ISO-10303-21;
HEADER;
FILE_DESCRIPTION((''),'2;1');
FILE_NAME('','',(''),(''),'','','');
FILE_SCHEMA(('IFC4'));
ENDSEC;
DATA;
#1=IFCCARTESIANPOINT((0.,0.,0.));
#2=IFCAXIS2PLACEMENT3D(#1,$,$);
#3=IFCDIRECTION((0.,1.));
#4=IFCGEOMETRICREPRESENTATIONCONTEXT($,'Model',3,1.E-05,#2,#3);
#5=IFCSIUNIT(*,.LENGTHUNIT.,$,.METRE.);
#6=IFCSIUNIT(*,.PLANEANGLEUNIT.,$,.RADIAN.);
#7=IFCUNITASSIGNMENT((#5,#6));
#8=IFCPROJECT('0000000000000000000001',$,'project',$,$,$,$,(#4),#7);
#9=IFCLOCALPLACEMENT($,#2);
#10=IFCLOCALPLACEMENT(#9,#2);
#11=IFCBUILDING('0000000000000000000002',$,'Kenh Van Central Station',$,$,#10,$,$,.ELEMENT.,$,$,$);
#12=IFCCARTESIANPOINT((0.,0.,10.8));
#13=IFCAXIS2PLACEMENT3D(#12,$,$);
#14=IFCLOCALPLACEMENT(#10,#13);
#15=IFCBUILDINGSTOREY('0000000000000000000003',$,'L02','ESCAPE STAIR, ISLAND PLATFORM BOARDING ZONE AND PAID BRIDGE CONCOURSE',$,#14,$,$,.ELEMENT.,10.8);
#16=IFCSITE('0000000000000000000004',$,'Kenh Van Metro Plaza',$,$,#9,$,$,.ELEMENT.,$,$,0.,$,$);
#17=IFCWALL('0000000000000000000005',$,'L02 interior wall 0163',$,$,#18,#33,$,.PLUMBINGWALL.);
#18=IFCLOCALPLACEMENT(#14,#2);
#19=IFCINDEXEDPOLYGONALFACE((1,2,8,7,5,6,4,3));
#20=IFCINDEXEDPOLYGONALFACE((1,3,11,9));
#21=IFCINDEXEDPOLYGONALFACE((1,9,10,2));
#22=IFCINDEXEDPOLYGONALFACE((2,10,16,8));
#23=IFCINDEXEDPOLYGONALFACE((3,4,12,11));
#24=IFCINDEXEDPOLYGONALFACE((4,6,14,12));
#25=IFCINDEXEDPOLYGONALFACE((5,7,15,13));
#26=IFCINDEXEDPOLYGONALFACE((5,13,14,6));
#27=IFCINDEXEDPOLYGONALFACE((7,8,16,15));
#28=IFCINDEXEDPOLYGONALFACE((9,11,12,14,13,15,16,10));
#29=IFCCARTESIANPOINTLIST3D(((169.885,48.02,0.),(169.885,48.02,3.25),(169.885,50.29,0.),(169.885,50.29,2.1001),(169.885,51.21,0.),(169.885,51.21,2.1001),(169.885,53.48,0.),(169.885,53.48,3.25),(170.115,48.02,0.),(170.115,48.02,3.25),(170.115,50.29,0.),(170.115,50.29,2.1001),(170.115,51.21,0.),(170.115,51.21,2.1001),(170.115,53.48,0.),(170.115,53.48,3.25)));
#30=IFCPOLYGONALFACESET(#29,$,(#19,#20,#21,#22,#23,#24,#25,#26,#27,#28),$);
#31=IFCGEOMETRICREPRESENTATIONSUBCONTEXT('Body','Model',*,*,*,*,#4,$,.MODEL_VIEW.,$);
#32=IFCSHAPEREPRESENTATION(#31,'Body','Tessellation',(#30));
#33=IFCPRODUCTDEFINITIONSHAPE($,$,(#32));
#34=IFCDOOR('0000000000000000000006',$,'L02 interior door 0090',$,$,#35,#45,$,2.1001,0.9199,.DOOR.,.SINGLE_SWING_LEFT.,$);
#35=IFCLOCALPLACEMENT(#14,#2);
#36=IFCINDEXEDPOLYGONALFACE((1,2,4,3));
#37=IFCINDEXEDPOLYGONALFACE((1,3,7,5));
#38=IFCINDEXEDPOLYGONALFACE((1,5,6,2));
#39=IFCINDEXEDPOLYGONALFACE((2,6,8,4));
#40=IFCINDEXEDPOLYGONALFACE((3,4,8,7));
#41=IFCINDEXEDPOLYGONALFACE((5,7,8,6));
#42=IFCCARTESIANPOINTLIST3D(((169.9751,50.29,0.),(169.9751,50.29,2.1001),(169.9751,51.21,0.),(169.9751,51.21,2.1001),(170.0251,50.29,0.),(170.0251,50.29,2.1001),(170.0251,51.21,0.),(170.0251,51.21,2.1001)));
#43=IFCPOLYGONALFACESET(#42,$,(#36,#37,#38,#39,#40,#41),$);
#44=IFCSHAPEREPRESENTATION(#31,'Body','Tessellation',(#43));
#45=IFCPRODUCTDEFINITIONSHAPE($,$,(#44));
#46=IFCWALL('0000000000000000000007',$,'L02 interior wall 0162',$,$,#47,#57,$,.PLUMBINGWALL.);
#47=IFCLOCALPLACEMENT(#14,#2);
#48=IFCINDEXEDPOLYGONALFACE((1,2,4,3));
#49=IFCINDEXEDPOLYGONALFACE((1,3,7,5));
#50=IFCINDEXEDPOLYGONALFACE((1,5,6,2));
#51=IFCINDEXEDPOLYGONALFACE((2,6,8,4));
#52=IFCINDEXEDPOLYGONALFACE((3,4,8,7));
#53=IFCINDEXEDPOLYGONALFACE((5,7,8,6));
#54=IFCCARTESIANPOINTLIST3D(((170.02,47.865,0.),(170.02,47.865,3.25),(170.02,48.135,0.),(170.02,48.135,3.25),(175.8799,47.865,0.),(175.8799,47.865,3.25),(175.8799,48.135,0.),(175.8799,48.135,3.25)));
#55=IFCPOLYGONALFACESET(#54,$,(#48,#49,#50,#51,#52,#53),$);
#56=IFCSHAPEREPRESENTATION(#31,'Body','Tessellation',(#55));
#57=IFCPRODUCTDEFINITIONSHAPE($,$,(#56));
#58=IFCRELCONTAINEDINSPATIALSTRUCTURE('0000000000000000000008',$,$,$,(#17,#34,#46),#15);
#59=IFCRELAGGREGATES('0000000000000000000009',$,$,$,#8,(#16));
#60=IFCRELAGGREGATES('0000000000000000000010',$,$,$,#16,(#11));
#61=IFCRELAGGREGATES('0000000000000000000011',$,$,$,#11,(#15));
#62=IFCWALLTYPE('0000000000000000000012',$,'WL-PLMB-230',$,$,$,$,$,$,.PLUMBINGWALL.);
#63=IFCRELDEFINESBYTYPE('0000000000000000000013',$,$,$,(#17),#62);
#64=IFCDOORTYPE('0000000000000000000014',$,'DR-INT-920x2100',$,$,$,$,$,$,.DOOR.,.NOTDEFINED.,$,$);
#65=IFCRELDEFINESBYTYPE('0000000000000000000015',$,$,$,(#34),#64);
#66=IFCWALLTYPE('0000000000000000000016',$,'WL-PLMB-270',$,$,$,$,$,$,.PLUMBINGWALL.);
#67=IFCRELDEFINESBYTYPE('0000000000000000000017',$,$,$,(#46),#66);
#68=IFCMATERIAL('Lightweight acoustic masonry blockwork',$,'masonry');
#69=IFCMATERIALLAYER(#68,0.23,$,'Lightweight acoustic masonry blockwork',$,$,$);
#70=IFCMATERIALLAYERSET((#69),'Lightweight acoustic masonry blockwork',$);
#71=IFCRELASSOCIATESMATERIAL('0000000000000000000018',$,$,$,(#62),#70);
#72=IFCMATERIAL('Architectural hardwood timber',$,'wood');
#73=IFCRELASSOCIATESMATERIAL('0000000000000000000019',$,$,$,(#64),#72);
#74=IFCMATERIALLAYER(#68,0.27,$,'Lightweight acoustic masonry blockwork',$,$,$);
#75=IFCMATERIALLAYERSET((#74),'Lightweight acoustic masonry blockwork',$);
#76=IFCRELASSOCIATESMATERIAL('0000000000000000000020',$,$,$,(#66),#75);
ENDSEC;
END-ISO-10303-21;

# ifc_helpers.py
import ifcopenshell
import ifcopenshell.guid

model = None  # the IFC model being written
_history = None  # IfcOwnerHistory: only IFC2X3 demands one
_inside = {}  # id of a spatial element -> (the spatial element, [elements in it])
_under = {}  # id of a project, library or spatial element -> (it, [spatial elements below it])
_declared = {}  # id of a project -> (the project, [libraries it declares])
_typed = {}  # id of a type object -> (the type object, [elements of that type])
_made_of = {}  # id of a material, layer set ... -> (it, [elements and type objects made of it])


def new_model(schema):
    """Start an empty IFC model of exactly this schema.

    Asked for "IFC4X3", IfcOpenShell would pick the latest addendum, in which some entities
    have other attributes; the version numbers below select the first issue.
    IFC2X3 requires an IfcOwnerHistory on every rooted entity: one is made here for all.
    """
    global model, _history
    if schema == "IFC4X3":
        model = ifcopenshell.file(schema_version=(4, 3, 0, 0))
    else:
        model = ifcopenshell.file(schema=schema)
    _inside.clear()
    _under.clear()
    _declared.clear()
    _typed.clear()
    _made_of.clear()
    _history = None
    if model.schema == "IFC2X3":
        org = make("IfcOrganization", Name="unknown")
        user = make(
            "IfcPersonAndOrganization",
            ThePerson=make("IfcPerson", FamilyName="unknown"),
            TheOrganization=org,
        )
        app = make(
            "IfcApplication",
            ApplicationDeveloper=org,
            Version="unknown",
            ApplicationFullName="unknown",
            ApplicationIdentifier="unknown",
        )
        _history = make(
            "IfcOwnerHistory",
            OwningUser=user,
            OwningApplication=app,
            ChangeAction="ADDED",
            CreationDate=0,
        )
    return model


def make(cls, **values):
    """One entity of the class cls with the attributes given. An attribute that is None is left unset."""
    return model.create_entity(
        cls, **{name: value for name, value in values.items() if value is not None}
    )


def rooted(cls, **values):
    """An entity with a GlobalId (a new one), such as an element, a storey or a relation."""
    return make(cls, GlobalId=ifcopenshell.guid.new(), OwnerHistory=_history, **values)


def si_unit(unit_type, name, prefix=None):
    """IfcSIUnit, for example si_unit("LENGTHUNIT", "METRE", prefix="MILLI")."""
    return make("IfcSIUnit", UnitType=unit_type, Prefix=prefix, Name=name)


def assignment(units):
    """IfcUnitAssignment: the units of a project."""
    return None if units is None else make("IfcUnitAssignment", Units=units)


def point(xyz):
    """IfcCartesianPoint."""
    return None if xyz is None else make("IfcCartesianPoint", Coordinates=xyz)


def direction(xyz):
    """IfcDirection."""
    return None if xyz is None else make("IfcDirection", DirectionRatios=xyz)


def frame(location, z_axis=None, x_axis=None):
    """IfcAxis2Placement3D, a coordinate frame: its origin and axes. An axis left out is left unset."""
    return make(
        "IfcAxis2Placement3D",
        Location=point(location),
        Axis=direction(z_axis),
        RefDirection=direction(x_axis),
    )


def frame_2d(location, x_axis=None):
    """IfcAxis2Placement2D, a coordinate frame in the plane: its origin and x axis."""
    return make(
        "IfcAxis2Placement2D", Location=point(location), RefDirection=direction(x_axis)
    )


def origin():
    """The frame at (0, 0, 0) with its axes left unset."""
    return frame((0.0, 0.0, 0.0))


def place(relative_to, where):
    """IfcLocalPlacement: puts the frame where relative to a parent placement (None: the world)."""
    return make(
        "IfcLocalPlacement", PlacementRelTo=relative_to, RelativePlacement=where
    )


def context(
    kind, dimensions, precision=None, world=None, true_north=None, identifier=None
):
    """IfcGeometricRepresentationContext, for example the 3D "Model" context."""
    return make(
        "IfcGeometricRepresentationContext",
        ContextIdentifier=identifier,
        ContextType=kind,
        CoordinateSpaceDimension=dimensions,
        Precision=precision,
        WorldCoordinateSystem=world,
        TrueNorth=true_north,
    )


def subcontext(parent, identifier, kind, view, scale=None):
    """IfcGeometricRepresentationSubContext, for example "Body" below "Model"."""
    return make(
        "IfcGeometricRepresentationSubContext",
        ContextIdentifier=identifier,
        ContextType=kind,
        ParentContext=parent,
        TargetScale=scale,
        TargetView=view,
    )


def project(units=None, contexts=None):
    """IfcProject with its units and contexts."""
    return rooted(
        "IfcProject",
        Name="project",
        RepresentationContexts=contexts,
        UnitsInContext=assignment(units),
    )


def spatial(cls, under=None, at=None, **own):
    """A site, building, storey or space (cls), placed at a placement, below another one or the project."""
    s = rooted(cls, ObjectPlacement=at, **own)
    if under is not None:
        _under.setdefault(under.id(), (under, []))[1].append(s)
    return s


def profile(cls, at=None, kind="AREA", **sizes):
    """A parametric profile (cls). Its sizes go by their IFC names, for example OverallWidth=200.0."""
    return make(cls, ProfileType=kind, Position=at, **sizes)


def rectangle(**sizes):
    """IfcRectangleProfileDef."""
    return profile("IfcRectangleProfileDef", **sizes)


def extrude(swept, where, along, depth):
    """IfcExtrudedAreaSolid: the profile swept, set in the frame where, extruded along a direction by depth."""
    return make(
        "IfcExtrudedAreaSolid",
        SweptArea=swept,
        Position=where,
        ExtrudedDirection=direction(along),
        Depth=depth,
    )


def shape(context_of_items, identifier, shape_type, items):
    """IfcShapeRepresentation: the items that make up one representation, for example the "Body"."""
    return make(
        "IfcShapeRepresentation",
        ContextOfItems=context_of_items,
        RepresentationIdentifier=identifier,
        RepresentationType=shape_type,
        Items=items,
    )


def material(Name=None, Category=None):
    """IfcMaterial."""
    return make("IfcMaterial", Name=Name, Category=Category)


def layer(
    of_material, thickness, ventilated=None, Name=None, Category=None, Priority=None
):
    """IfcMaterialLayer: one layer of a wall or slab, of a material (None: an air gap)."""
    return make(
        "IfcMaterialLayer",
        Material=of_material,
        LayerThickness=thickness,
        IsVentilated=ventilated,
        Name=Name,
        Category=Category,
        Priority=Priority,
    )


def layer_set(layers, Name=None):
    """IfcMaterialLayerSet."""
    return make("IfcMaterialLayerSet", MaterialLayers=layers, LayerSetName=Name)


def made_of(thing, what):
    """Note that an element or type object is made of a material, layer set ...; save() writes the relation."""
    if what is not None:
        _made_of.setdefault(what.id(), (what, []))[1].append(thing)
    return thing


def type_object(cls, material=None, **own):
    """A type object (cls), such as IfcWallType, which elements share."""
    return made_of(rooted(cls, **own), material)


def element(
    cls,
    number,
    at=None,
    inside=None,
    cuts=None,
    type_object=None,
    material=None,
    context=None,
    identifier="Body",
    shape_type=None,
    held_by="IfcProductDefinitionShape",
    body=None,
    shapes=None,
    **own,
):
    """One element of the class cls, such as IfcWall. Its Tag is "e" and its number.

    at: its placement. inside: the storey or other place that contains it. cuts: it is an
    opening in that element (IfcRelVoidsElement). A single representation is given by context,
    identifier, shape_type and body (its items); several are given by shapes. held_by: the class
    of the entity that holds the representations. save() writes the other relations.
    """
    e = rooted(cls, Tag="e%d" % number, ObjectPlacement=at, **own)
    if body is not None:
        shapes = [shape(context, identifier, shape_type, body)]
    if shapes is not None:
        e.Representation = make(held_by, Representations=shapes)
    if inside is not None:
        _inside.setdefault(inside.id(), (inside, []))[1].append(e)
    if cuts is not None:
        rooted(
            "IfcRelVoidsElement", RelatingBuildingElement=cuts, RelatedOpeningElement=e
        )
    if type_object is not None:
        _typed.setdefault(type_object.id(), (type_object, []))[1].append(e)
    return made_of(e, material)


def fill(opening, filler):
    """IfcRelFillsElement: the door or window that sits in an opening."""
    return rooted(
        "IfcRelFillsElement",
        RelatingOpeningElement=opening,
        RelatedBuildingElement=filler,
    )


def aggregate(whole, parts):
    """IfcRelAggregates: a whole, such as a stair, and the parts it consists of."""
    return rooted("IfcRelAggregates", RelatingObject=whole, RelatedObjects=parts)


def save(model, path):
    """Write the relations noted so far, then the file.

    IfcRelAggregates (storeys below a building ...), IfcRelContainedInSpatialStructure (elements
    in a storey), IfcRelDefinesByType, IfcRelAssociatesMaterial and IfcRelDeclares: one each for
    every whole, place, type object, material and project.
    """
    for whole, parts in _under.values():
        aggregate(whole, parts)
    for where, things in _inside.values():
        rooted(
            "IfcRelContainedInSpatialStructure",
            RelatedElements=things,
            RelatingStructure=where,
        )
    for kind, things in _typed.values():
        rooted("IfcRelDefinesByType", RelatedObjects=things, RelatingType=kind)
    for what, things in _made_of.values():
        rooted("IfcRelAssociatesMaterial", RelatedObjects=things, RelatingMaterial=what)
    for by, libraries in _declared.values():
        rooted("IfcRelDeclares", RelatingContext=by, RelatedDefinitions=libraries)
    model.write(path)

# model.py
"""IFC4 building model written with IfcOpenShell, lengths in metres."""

from ifc_helpers import new_model, si_unit, direction, frame, frame_2d, origin, place, context, subcontext, project, spatial, rectangle, extrude, material, layer, layer_set, type_object, element, fill, save


model = new_model("IFC4")

# Units and contexts
model_context = context("Model", 3, precision=1e-05, world=origin(), true_north=direction((0.0, 1.0)))
body_context = subcontext(model_context, "Body", "Model", "MODEL_VIEW")
ifc_project = project(units=[si_unit("LENGTHUNIT", "METRE"), si_unit("PLANEANGLEUNIT", "RADIAN")], contexts=[model_context])

# Site, building, storey
site_placement = place(None, origin())
site = spatial("IfcSite", under=ifc_project, at=site_placement, Name="Kenh Van Metro Plaza", CompositionType="ELEMENT", RefElevation=0.0)
building_placement = place(site_placement, origin())
building = spatial("IfcBuilding", under=site, at=building_placement, Name="Kenh Van Central Station", CompositionType="ELEMENT")
storey_placement = place(building_placement, frame((0.0, 0.0, 10.8)))
storey = spatial("IfcBuildingStorey", under=building, at=storey_placement, Name="L02", Description="ESCAPE STAIR, ISLAND PLATFORM BOARDING ZONE AND PAID BRIDGE CONCOURSE", CompositionType="ELEMENT", Elevation=10.8)

# Wall, opening, door
ifc_material_1 = material(Name="Lightweight acoustic masonry blockwork", Category="masonry")
ifc_layer_1 = layer(ifc_material_1, 0.23, Name="Lightweight acoustic masonry blockwork")
ifc_layer_set_1 = layer_set([ifc_layer_1], Name="Lightweight acoustic masonry blockwork")
wall_type_1 = type_object("IfcWallType", Name="WL-PLMB-230", PredefinedType="PLUMBINGWALL", material=ifc_layer_set_1)
wall_1_placement = place(storey_placement, frame((170.0, 48.02, 0.0), z_axis=(0.0, 0.0, 1.0), x_axis=(0.0, 1.0, 0.0)))
wall_1 = element("IfcWall", 1, at=wall_1_placement, inside=storey, type_object=wall_type_1, Name="L02 interior wall 0163", PredefinedType="PLUMBINGWALL", context=body_context, shape_type="SweptSolid", body=[
    extrude(rectangle(XDim=5.46, YDim=0.23, at=frame_2d((2.73, 0.0))), origin(), (0.0, 0.0, 1.0), 3.25),
])
opening_placement = place(wall_1_placement, frame((2.27, 0.0, 0.0)))
opening = element("IfcOpeningElement", 2, at=opening_placement, cuts=wall_1, PredefinedType="OPENING", context=body_context, shape_type="SweptSolid", body=[
    extrude(rectangle(XDim=0.9199, YDim=2.1001, at=frame_2d((0.46, 1.05))), frame((0.0, 0.125, 0.0), z_axis=(0.0, -1.0, 0.0), x_axis=(1.0, 0.0, 0.0)), (0.0, 0.0, 1.0), 0.25),
])
ifc_material_2 = material(Name="Architectural hardwood timber", Category="wood")
door_type = type_object("IfcDoorType", Name="DR-INT-920x2100", OperationType="NOTDEFINED", PredefinedType="DOOR", material=ifc_material_2)
door_placement = place(opening_placement, origin())
door = element("IfcDoor", 3, at=door_placement, inside=storey, type_object=door_type, Name="L02 interior door 0090", OperationType="SINGLE_SWING_LEFT", OverallHeight=2.1001, OverallWidth=0.9199, PredefinedType="DOOR", context=body_context, shape_type="SweptSolid", body=[
    extrude(rectangle(XDim=0.9199, YDim=2.1001, at=frame_2d((0.46, 1.05))), frame((0.0, 0.0249, 0.0), z_axis=(0.0, -1.0, 0.0), x_axis=(1.0, 0.0, 0.0)), (0.0, 0.0, 1.0), 0.05),
])
fill(opening, door)

# Wall
ifc_layer_2 = layer(ifc_material_1, 0.27, Name="Lightweight acoustic masonry blockwork")
ifc_layer_set_2 = layer_set([ifc_layer_2], Name="Lightweight acoustic masonry blockwork")
wall_type_2 = type_object("IfcWallType", Name="WL-PLMB-270", PredefinedType="PLUMBINGWALL", material=ifc_layer_set_2)
wall_2_placement = place(storey_placement, frame((170.02, 48.0, 0.0), z_axis=(0.0, 0.0, 1.0), x_axis=(1.0, 0.0, 0.0)))
element("IfcWall", 4, at=wall_2_placement, inside=storey, type_object=wall_type_2, Name="L02 interior wall 0162", PredefinedType="PLUMBINGWALL", context=body_context, shape_type="SweptSolid", body=[
    extrude(rectangle(XDim=5.8599, YDim=0.27, at=frame_2d((2.9299, 0.0))), origin(), (0.0, 0.0, 1.0), 3.25),
])

save(model, "model.ifc")
